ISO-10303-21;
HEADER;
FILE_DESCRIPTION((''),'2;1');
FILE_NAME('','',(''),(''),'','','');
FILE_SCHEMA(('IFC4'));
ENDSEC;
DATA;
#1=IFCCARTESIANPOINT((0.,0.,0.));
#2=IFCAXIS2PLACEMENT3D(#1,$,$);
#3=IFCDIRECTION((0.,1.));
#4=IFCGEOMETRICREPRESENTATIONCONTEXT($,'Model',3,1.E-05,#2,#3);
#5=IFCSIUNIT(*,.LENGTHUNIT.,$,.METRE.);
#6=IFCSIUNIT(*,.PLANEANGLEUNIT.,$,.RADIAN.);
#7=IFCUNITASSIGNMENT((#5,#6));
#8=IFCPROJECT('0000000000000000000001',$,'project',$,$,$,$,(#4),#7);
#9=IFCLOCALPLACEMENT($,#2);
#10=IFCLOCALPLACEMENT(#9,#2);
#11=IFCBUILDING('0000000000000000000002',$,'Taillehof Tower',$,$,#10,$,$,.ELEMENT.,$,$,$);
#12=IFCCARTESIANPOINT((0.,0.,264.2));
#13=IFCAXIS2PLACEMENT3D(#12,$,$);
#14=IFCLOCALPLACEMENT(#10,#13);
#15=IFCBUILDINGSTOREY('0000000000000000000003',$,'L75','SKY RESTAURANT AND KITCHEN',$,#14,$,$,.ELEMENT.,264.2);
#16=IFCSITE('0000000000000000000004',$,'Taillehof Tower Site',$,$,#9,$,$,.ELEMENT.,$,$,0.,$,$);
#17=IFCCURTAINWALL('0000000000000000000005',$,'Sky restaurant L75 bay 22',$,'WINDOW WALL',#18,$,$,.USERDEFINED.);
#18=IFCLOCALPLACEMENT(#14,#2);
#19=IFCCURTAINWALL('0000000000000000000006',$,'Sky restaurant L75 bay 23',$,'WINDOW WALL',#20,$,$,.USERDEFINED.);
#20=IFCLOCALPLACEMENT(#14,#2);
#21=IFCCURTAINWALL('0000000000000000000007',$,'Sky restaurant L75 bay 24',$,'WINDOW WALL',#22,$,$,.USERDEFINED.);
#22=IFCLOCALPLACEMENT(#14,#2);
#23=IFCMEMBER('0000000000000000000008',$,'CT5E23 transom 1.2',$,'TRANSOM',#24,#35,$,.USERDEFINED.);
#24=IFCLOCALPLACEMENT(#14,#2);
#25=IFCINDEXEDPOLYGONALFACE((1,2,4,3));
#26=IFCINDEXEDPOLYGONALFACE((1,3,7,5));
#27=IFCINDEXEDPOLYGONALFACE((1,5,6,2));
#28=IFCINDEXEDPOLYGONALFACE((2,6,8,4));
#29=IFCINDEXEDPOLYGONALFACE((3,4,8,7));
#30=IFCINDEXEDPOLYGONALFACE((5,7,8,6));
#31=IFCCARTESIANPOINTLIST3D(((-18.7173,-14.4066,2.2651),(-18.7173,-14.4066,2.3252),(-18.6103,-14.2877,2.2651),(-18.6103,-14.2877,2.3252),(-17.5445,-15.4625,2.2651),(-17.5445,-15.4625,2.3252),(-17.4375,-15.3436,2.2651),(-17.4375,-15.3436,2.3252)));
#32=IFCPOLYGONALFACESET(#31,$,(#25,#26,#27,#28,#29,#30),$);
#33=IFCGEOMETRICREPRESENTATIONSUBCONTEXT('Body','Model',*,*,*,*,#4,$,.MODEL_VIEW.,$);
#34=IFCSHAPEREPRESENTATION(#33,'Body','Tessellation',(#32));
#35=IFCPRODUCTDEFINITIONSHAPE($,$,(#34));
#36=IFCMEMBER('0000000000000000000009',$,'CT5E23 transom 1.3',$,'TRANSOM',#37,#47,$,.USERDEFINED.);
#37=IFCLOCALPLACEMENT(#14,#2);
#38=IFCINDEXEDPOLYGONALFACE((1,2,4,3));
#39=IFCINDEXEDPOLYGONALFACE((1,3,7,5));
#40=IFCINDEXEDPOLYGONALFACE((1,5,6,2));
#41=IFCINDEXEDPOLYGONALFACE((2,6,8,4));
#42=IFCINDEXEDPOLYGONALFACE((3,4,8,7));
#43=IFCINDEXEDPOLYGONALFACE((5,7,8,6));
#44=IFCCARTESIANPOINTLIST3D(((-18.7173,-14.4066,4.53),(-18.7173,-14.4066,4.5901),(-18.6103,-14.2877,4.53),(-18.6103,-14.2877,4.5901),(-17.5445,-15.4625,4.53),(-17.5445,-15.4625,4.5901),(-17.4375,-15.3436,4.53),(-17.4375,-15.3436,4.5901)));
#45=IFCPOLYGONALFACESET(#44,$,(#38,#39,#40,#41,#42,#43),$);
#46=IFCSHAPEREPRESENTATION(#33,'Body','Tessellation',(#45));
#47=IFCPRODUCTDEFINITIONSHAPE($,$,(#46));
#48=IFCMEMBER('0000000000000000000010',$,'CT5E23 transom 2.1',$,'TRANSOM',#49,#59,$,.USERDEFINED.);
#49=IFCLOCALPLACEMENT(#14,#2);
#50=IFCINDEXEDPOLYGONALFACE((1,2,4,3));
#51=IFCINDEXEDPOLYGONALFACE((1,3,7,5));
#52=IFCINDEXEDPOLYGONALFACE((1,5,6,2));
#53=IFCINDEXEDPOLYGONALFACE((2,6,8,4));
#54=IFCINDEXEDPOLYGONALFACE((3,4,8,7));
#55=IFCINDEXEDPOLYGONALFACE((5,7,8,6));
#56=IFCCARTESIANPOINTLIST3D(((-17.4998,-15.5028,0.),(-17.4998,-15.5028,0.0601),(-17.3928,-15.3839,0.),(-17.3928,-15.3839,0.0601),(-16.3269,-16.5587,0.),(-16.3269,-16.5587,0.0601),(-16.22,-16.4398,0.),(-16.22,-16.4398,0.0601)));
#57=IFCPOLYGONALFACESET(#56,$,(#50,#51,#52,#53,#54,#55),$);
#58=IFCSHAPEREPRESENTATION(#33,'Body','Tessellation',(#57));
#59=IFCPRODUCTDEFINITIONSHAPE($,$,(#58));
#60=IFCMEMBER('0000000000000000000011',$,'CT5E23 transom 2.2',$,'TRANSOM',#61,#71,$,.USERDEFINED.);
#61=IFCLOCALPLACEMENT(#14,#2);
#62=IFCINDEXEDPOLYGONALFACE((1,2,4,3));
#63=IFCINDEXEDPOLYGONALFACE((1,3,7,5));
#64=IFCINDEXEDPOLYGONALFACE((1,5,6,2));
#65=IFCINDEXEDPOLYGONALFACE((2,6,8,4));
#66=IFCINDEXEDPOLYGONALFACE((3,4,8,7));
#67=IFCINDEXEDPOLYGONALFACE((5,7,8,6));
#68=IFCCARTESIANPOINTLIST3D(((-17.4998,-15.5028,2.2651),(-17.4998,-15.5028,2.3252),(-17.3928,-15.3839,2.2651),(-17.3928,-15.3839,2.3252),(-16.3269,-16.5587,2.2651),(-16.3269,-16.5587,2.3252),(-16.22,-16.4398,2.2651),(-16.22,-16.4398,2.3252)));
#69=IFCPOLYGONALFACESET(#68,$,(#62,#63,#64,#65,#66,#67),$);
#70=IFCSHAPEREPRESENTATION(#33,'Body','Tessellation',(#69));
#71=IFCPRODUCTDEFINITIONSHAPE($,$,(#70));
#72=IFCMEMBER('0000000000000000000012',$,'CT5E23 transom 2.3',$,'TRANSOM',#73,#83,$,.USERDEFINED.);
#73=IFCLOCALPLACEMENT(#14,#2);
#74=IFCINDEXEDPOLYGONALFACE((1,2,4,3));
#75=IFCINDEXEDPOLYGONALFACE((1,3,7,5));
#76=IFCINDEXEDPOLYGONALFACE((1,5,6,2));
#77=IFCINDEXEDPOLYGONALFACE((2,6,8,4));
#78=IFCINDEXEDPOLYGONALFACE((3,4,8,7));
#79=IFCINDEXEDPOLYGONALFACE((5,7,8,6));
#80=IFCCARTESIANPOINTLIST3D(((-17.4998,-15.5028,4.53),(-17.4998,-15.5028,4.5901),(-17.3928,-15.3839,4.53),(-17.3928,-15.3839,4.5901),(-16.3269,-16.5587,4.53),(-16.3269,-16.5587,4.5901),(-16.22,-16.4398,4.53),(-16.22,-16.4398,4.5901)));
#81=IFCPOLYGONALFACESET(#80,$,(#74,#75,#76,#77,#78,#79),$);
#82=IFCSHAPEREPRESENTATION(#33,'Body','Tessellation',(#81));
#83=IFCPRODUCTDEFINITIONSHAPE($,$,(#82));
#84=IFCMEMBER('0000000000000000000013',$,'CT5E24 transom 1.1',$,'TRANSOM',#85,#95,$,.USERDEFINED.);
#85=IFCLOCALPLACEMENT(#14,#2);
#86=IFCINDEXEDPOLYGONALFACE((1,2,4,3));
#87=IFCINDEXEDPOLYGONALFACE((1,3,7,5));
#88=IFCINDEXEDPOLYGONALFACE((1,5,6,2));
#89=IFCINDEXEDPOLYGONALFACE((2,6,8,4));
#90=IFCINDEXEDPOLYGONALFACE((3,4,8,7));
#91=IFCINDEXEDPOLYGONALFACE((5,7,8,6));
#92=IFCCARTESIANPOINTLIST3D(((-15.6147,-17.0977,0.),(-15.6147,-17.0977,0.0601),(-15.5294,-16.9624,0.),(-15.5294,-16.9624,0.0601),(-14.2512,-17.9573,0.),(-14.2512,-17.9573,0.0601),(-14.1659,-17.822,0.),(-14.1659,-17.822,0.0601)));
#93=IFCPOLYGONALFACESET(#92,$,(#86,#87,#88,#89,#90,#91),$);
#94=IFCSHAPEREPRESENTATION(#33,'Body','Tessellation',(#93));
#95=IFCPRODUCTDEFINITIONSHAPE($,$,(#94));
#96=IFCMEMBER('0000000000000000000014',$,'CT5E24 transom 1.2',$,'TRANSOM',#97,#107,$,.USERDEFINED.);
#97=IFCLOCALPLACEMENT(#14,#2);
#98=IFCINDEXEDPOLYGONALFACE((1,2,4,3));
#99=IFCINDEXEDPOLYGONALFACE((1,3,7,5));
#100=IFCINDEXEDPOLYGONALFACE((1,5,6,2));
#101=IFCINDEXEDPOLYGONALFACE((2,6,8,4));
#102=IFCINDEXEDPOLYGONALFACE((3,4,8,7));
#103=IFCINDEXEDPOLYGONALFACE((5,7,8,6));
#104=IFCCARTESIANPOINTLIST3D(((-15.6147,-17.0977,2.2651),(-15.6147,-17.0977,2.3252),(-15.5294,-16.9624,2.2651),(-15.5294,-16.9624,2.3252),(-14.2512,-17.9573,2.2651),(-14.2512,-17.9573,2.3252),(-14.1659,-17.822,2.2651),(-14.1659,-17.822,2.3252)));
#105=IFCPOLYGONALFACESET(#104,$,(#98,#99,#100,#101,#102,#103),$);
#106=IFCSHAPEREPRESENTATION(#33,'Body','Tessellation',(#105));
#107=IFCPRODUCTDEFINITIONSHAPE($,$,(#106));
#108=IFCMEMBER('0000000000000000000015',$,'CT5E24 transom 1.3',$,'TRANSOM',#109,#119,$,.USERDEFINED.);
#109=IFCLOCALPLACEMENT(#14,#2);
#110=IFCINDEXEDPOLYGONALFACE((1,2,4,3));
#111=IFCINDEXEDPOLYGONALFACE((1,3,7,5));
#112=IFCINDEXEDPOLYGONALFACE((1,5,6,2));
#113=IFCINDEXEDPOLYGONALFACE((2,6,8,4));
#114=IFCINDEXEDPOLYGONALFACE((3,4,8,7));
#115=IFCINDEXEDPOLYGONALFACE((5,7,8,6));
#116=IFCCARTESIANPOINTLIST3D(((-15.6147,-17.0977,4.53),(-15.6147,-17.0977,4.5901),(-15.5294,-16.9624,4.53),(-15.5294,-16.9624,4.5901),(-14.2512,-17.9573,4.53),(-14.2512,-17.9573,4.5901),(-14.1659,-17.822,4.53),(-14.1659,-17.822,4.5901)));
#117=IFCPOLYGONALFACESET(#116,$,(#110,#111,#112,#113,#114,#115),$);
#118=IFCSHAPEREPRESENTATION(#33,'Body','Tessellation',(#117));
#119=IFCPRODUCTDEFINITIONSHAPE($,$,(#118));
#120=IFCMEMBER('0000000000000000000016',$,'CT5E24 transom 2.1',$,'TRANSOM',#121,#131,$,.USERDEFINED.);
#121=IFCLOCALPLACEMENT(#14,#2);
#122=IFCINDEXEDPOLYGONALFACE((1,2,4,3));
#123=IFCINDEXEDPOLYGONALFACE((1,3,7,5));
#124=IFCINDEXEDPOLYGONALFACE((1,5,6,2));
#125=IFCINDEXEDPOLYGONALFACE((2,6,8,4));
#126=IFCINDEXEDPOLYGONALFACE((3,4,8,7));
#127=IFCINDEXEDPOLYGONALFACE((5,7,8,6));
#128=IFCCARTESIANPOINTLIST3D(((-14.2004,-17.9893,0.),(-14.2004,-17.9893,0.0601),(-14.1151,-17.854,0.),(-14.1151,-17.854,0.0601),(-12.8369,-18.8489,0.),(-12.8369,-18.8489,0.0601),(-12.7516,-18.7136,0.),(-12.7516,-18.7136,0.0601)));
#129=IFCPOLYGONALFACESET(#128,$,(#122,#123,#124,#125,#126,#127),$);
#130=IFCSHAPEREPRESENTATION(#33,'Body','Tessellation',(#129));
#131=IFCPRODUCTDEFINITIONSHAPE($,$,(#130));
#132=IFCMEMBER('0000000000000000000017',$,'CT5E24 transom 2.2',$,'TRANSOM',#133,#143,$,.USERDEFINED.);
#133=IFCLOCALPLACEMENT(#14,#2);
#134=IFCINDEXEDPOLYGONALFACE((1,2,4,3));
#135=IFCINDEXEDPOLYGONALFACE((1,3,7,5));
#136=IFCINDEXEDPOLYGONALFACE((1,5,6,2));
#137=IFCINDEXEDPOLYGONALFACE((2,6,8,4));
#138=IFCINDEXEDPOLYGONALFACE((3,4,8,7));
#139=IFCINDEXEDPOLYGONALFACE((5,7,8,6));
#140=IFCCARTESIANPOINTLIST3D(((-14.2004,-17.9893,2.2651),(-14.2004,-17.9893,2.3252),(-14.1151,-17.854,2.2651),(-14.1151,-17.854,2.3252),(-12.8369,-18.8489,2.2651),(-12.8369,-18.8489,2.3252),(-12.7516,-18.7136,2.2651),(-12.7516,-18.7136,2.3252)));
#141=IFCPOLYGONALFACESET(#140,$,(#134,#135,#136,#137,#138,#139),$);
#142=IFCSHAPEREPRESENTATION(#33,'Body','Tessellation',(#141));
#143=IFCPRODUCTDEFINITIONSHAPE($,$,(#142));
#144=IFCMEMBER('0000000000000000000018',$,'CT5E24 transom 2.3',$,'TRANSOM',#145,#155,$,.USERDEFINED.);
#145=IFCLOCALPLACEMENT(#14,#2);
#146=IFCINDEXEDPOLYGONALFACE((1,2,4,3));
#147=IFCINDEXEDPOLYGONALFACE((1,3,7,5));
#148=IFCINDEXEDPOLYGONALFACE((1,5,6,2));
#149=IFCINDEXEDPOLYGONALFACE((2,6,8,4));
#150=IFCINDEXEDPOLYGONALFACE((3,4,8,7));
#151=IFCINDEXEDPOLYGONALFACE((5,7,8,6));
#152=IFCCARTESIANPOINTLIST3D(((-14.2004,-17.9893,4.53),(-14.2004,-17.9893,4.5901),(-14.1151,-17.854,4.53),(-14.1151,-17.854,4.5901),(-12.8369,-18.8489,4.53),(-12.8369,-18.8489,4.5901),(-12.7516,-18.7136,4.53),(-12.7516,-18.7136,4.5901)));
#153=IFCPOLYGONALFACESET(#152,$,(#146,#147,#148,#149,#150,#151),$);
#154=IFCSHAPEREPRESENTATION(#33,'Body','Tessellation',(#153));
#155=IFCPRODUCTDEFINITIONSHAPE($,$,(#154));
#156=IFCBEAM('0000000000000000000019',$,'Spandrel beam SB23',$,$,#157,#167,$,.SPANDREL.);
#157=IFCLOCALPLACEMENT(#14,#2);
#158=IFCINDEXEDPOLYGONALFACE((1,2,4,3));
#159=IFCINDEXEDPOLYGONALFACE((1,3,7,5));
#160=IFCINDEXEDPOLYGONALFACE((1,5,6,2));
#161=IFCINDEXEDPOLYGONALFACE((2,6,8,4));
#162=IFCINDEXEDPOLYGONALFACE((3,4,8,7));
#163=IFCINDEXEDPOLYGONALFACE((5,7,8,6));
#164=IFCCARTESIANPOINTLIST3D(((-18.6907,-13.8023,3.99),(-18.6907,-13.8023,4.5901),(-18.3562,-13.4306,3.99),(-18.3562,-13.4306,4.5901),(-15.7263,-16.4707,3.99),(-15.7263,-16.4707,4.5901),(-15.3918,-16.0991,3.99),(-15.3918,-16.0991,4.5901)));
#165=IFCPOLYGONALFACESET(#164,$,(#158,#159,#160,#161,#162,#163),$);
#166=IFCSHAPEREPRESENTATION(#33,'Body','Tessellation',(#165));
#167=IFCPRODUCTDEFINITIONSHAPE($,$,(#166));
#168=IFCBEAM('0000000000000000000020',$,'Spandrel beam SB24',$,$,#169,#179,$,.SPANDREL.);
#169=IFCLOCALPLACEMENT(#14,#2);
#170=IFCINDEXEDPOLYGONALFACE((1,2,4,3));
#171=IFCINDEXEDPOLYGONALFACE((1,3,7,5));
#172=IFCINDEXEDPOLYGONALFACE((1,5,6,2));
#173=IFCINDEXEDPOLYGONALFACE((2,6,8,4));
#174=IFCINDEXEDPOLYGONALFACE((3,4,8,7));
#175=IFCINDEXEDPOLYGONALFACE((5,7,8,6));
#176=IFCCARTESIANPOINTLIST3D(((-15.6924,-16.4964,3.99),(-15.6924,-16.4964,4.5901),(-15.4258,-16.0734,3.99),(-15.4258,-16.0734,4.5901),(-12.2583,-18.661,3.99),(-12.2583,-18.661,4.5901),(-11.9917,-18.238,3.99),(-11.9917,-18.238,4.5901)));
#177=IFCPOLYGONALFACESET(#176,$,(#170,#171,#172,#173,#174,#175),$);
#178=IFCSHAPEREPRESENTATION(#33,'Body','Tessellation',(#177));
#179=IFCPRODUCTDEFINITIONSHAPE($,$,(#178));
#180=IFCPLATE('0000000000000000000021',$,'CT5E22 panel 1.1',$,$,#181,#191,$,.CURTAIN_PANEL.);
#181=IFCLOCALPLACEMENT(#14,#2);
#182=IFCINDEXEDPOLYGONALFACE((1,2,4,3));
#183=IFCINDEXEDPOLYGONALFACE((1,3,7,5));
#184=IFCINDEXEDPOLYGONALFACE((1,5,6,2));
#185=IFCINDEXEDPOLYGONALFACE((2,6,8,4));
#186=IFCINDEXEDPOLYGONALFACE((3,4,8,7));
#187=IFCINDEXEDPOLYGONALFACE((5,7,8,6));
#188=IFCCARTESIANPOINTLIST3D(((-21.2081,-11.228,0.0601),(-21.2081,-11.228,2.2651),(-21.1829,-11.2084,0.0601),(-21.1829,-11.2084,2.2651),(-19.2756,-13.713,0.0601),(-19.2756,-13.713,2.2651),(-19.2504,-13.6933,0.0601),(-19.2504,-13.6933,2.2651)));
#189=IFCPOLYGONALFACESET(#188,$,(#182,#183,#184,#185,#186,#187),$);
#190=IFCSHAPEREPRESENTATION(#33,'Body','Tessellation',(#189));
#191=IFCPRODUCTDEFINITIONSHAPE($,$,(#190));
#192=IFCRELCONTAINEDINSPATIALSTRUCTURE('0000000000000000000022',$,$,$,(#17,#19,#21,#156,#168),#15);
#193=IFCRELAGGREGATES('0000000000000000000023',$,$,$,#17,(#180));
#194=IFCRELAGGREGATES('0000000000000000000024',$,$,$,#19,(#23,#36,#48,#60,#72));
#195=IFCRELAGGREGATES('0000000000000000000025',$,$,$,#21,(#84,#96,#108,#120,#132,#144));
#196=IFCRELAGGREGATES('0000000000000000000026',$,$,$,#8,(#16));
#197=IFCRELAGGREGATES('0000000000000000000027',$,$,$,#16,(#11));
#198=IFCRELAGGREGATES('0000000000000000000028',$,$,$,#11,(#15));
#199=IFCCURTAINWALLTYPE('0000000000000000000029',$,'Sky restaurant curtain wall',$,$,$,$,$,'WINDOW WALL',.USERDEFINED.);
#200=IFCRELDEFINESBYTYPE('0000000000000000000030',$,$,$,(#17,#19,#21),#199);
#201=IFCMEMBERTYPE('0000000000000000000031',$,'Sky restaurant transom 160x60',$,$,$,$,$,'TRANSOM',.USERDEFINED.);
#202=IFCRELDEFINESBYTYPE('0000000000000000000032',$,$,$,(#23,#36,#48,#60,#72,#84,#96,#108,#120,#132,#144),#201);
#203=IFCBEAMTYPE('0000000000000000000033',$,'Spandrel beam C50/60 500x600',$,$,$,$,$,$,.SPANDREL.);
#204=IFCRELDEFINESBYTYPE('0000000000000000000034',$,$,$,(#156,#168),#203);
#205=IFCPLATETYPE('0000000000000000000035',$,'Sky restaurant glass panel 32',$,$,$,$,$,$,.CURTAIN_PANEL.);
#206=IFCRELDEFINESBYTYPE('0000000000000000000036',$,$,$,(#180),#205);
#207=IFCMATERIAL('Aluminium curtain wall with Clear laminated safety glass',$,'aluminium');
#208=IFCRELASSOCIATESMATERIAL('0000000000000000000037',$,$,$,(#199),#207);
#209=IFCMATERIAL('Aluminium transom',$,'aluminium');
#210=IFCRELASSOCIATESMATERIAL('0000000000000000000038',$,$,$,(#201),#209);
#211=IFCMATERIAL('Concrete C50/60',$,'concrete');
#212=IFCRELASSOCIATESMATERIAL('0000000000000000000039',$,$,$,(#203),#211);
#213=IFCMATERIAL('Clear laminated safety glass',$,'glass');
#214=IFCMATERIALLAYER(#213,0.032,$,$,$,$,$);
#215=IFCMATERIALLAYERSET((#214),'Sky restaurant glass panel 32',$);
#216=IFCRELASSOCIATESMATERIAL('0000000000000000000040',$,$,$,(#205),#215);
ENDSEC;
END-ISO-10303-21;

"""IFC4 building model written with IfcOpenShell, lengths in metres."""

from ifc_helpers import new_model, si_unit, direction, frame, origin, origin_2d, place, context, subcontext, project, spatial, rectangle, extrude, material, layer, layer_set, material_profile, profile_set, type_object, element, aggregate, save


model = new_model("IFC4")

# Units and contexts
model_context = context("Model", 3, precision=1e-05, world=origin(), true_north=direction((0.0, 1.0)))
body_context = subcontext(model_context, "Body", "Model", "MODEL_VIEW")
ifc_project = project(units=[si_unit("LENGTHUNIT", "METRE"), si_unit("PLANEANGLEUNIT", "RADIAN")], contexts=[model_context])

# Site, building, storey
site_placement = place(None, origin())
site = spatial("IfcSite", under=ifc_project, at=site_placement, Name="Taillehof Tower Site", CompositionType="ELEMENT", RefElevation=0.0)
building_placement = place(site_placement, origin())
building = spatial("IfcBuilding", under=site, at=building_placement, Name="Taillehof Tower", CompositionType="ELEMENT")
storey_placement = place(building_placement, frame((0.0, 0.0, 264.2)))
storey = spatial("IfcBuildingStorey", under=building, at=storey_placement, Name="L75", Description="SKY RESTAURANT AND KITCHEN", CompositionType="ELEMENT", Elevation=264.2)

# Curtain wall
ifc_material_1 = material(Name="Aluminium curtain wall with Clear laminated safety glass", Category="aluminium")
curtain_wall_type = type_object("IfcCurtainWallType", Name="Sky restaurant curtain wall", ElementType="WINDOW WALL", PredefinedType="USERDEFINED", material=ifc_material_1)
curtain_wall_1_placement = place(storey_placement, origin())
curtain_wall_1 = element("IfcCurtainWall", 1, at=curtain_wall_1_placement, inside=storey, type_object=curtain_wall_type, Name="Sky restaurant L75 bay 22", ObjectType="WINDOW WALL", PredefinedType="USERDEFINED")

# Curtain walls
curtain_wall_2_placement = place(storey_placement, origin())
curtain_wall_2 = element("IfcCurtainWall", 2, at=curtain_wall_2_placement, inside=storey, type_object=curtain_wall_type, Name="Sky restaurant L75 bay 23", ObjectType="WINDOW WALL", PredefinedType="USERDEFINED")
curtain_wall_3_placement = place(storey_placement, origin())
curtain_wall_3 = element("IfcCurtainWall", 3, at=curtain_wall_3_placement, inside=storey, type_object=curtain_wall_type, Name="Sky restaurant L75 bay 24", ObjectType="WINDOW WALL", PredefinedType="USERDEFINED")

# Members
ifc_material_2 = material(Name="Aluminium transom", Category="aluminium")
ifc_material_profile_1 = material_profile(ifc_material_2, rectangle(XDim=0.1599, YDim=0.0601, at=origin_2d()), Name="AL 160x60")
ifc_profile_set_1 = profile_set([ifc_material_profile_1], Name="Aluminium transom")
member_type_1 = type_object("IfcMemberType", Name="Sky restaurant transom 160x60", ElementType="TRANSOM", PredefinedType="USERDEFINED", material=ifc_profile_set_1)
member_1_placement = place(storey_placement, frame((-18.6638, -14.3472, 2.2952), z_axis=(0.743186, -0.669084, 0.0), x_axis=(0.669084, 0.743186, 0.0)))
member_1 = element("IfcMember", 4, at=member_1_placement, type_object=member_type_1, Name="CT5E23 transom 1.2", ObjectType="TRANSOM", PredefinedType="USERDEFINED", context=body_context, shape_type="SweptSolid", body=[
    extrude(rectangle(XDim=0.1599, YDim=0.0601, at=origin_2d()), origin(), (0.0, 0.0, 1.0), 1.5781),
])
member_2_placement = place(storey_placement, frame((-18.6638, -14.3472, 4.5601), z_axis=(0.743186, -0.669084, 0.0), x_axis=(0.669084, 0.743186, 0.0)))
member_2 = element("IfcMember", 5, at=member_2_placement, type_object=member_type_1, Name="CT5E23 transom 1.3", ObjectType="TRANSOM", PredefinedType="USERDEFINED", context=body_context, shape_type="SweptSolid", body=[
    extrude(rectangle(XDim=0.1599, YDim=0.0601, at=origin_2d()), origin(), (0.0, 0.0, 1.0), 1.5781),
])
member_3_placement = place(storey_placement, frame((-17.4463, -15.4434, 0.03), z_axis=(0.743186, -0.669084, 0.0), x_axis=(0.669084, 0.743186, 0.0)))
member_3 = element("IfcMember", 6, at=member_3_placement, type_object=member_type_1, Name="CT5E23 transom 2.1", ObjectType="TRANSOM", PredefinedType="USERDEFINED", context=body_context, shape_type="SweptSolid", body=[
    extrude(rectangle(XDim=0.1599, YDim=0.0601, at=origin_2d()), origin(), (0.0, 0.0, 1.0), 1.5781),
])
member_4_placement = place(storey_placement, frame((-17.4463, -15.4434, 2.2952), z_axis=(0.743186, -0.669084, 0.0), x_axis=(0.669084, 0.743186, 0.0)))
member_4 = element("IfcMember", 7, at=member_4_placement, type_object=member_type_1, Name="CT5E23 transom 2.2", ObjectType="TRANSOM", PredefinedType="USERDEFINED", context=body_context, shape_type="SweptSolid", body=[
    extrude(rectangle(XDim=0.1599, YDim=0.0601, at=origin_2d()), origin(), (0.0, 0.0, 1.0), 1.5781),
])
member_5_placement = place(storey_placement, frame((-17.4463, -15.4434, 4.5601), z_axis=(0.743186, -0.669084, 0.0), x_axis=(0.669084, 0.743186, 0.0)))
member_5 = element("IfcMember", 8, at=member_5_placement, type_object=member_type_1, Name="CT5E23 transom 2.3", ObjectType="TRANSOM", PredefinedType="USERDEFINED", context=body_context, shape_type="SweptSolid", body=[
    extrude(rectangle(XDim=0.1599, YDim=0.0601, at=origin_2d()), origin(), (0.0, 0.0, 1.0), 1.5781),
])
member_6_placement = place(storey_placement, frame((-15.572, -17.03, 0.03), z_axis=(0.845924, -0.533303, 0.0), x_axis=(0.533303, 0.845924, 0.0)))
member_6 = element("IfcMember", 9, at=member_6_placement, type_object=member_type_1, Name="CT5E24 transom 1.1", ObjectType="TRANSOM", PredefinedType="USERDEFINED", context=body_context, shape_type="SweptSolid", body=[
    extrude(rectangle(XDim=0.1599, YDim=0.0601, at=origin_2d()), origin(), (0.0, 0.0, 1.0), 1.6118),
])
member_7_placement = place(storey_placement, frame((-15.572, -17.03, 2.2952), z_axis=(0.845924, -0.533303, 0.0), x_axis=(0.533303, 0.845924, 0.0)))
member_7 = element("IfcMember", 10, at=member_7_placement, type_object=member_type_1, Name="CT5E24 transom 1.2", ObjectType="TRANSOM", PredefinedType="USERDEFINED", context=body_context, shape_type="SweptSolid", body=[
    extrude(rectangle(XDim=0.1599, YDim=0.0601, at=origin_2d()), origin(), (0.0, 0.0, 1.0), 1.6118),
])
member_8_placement = place(storey_placement, frame((-15.572, -17.03, 4.5601), z_axis=(0.845924, -0.533303, 0.0), x_axis=(0.533303, 0.845924, 0.0)))
member_8 = element("IfcMember", 11, at=member_8_placement, type_object=member_type_1, Name="CT5E24 transom 1.3", ObjectType="TRANSOM", PredefinedType="USERDEFINED", context=body_context, shape_type="SweptSolid", body=[
    extrude(rectangle(XDim=0.1599, YDim=0.0601, at=origin_2d()), origin(), (0.0, 0.0, 1.0), 1.6118),
])
member_9_placement = place(storey_placement, frame((-14.1577, -17.9216, 0.03), z_axis=(0.845924, -0.533303, 0.0), x_axis=(0.533303, 0.845924, 0.0)))
member_9 = element("IfcMember", 12, at=member_9_placement, type_object=member_type_1, Name="CT5E24 transom 2.1", ObjectType="TRANSOM", PredefinedType="USERDEFINED", context=body_context, shape_type="SweptSolid", body=[
    extrude(rectangle(XDim=0.1599, YDim=0.0601, at=origin_2d()), origin(), (0.0, 0.0, 1.0), 1.6118),
])
member_10_placement = place(storey_placement, frame((-14.1577, -17.9216, 2.2952), z_axis=(0.845924, -0.533303, 0.0), x_axis=(0.533303, 0.845924, 0.0)))
member_10 = element("IfcMember", 13, at=member_10_placement, type_object=member_type_1, Name="CT5E24 transom 2.2", ObjectType="TRANSOM", PredefinedType="USERDEFINED", context=body_context, shape_type="SweptSolid", body=[
    extrude(rectangle(XDim=0.1599, YDim=0.0601, at=origin_2d()), origin(), (0.0, 0.0, 1.0), 1.6118),
])
member_11_placement = place(storey_placement, frame((-14.1577, -17.9216, 4.5601), z_axis=(0.845924, -0.533303, 0.0), x_axis=(0.533303, 0.845924, 0.0)))
member_11 = element("IfcMember", 14, at=member_11_placement, type_object=member_type_1, Name="CT5E24 transom 2.3", ObjectType="TRANSOM", PredefinedType="USERDEFINED", context=body_context, shape_type="SweptSolid", body=[
    extrude(rectangle(XDim=0.1599, YDim=0.0601, at=origin_2d()), origin(), (0.0, 0.0, 1.0), 1.6118),
])

# Beams
ifc_material_3 = material(Name="Concrete C50/60", Category="concrete")
ifc_material_profile_2 = material_profile(ifc_material_3, rectangle(XDim=0.5, YDim=0.6001, at=origin_2d()), Name="RC 500x600")
ifc_profile_set_2 = profile_set([ifc_material_profile_2], Name="Concrete C50/60")
beam_type_1 = type_object("IfcBeamType", Name="Spandrel beam C50/60 500x600", PredefinedType="SPANDREL", material=ifc_profile_set_2)
beam_1_placement = place(storey_placement, frame((-18.5234, -13.6165, 4.29), z_axis=(0.743227, -0.669039, 0.0), x_axis=(0.669039, 0.743227, 0.0)))
element("IfcBeam", 15, at=beam_1_placement, inside=storey, type_object=beam_type_1, Name="Spandrel beam SB23", PredefinedType="SPANDREL", context=body_context, shape_type="SweptSolid", body=[
    extrude(rectangle(XDim=0.5, YDim=0.6001, at=origin_2d()), origin(), (0.0, 0.0, 1.0), 3.9885),
])
beam_2_placement = place(storey_placement, frame((-15.5591, -16.2849, 4.29), z_axis=(0.845972, -0.533228, 0.0), x_axis=(0.533228, 0.845972, 0.0)))
element("IfcBeam", 16, at=beam_2_placement, inside=storey, type_object=beam_type_1, Name="Spandrel beam SB24", PredefinedType="SPANDREL", context=body_context, shape_type="SweptSolid", body=[
    extrude(rectangle(XDim=0.5, YDim=0.6001, at=origin_2d()), origin(), (0.0, 0.0, 1.0), 4.0593),
])

# Plate
ifc_material_4 = material(Name="Clear laminated safety glass", Category="glass")
ifc_layer_1 = layer(ifc_material_4, 0.032)
ifc_layer_set_1 = layer_set([ifc_layer_1], Name="Sky restaurant glass panel 32")
plate_type = type_object("IfcPlateType", Name="Sky restaurant glass panel 32", PredefinedType="CURTAIN_PANEL", material=ifc_layer_set_1)
plate_1_placement = place(storey_placement, frame((-20.2292, -12.4607, 0.0601), z_axis=(0.0, 0.0, 1.0), x_axis=(0.613903, -0.789382, 0.0)))
plate_1 = element("IfcPlate", 17, at=plate_1_placement, type_object=plate_type, Name="CT5E22 panel 1.1", PredefinedType="CURTAIN_PANEL", context=body_context, shape_type="SweptSolid", body=[
    extrude(rectangle(XDim=3.1479, YDim=0.032, at=origin_2d()), origin(), (0.0, 0.0, 1.0), 2.2051),
])
aggregate(curtain_wall_1, [plate_1])
aggregate(curtain_wall_2, [member_1, member_2, member_3, member_4, member_5])
aggregate(curtain_wall_3, [member_6, member_7, member_8, member_9, member_10, member_11])

save(model, "model.ifc")
